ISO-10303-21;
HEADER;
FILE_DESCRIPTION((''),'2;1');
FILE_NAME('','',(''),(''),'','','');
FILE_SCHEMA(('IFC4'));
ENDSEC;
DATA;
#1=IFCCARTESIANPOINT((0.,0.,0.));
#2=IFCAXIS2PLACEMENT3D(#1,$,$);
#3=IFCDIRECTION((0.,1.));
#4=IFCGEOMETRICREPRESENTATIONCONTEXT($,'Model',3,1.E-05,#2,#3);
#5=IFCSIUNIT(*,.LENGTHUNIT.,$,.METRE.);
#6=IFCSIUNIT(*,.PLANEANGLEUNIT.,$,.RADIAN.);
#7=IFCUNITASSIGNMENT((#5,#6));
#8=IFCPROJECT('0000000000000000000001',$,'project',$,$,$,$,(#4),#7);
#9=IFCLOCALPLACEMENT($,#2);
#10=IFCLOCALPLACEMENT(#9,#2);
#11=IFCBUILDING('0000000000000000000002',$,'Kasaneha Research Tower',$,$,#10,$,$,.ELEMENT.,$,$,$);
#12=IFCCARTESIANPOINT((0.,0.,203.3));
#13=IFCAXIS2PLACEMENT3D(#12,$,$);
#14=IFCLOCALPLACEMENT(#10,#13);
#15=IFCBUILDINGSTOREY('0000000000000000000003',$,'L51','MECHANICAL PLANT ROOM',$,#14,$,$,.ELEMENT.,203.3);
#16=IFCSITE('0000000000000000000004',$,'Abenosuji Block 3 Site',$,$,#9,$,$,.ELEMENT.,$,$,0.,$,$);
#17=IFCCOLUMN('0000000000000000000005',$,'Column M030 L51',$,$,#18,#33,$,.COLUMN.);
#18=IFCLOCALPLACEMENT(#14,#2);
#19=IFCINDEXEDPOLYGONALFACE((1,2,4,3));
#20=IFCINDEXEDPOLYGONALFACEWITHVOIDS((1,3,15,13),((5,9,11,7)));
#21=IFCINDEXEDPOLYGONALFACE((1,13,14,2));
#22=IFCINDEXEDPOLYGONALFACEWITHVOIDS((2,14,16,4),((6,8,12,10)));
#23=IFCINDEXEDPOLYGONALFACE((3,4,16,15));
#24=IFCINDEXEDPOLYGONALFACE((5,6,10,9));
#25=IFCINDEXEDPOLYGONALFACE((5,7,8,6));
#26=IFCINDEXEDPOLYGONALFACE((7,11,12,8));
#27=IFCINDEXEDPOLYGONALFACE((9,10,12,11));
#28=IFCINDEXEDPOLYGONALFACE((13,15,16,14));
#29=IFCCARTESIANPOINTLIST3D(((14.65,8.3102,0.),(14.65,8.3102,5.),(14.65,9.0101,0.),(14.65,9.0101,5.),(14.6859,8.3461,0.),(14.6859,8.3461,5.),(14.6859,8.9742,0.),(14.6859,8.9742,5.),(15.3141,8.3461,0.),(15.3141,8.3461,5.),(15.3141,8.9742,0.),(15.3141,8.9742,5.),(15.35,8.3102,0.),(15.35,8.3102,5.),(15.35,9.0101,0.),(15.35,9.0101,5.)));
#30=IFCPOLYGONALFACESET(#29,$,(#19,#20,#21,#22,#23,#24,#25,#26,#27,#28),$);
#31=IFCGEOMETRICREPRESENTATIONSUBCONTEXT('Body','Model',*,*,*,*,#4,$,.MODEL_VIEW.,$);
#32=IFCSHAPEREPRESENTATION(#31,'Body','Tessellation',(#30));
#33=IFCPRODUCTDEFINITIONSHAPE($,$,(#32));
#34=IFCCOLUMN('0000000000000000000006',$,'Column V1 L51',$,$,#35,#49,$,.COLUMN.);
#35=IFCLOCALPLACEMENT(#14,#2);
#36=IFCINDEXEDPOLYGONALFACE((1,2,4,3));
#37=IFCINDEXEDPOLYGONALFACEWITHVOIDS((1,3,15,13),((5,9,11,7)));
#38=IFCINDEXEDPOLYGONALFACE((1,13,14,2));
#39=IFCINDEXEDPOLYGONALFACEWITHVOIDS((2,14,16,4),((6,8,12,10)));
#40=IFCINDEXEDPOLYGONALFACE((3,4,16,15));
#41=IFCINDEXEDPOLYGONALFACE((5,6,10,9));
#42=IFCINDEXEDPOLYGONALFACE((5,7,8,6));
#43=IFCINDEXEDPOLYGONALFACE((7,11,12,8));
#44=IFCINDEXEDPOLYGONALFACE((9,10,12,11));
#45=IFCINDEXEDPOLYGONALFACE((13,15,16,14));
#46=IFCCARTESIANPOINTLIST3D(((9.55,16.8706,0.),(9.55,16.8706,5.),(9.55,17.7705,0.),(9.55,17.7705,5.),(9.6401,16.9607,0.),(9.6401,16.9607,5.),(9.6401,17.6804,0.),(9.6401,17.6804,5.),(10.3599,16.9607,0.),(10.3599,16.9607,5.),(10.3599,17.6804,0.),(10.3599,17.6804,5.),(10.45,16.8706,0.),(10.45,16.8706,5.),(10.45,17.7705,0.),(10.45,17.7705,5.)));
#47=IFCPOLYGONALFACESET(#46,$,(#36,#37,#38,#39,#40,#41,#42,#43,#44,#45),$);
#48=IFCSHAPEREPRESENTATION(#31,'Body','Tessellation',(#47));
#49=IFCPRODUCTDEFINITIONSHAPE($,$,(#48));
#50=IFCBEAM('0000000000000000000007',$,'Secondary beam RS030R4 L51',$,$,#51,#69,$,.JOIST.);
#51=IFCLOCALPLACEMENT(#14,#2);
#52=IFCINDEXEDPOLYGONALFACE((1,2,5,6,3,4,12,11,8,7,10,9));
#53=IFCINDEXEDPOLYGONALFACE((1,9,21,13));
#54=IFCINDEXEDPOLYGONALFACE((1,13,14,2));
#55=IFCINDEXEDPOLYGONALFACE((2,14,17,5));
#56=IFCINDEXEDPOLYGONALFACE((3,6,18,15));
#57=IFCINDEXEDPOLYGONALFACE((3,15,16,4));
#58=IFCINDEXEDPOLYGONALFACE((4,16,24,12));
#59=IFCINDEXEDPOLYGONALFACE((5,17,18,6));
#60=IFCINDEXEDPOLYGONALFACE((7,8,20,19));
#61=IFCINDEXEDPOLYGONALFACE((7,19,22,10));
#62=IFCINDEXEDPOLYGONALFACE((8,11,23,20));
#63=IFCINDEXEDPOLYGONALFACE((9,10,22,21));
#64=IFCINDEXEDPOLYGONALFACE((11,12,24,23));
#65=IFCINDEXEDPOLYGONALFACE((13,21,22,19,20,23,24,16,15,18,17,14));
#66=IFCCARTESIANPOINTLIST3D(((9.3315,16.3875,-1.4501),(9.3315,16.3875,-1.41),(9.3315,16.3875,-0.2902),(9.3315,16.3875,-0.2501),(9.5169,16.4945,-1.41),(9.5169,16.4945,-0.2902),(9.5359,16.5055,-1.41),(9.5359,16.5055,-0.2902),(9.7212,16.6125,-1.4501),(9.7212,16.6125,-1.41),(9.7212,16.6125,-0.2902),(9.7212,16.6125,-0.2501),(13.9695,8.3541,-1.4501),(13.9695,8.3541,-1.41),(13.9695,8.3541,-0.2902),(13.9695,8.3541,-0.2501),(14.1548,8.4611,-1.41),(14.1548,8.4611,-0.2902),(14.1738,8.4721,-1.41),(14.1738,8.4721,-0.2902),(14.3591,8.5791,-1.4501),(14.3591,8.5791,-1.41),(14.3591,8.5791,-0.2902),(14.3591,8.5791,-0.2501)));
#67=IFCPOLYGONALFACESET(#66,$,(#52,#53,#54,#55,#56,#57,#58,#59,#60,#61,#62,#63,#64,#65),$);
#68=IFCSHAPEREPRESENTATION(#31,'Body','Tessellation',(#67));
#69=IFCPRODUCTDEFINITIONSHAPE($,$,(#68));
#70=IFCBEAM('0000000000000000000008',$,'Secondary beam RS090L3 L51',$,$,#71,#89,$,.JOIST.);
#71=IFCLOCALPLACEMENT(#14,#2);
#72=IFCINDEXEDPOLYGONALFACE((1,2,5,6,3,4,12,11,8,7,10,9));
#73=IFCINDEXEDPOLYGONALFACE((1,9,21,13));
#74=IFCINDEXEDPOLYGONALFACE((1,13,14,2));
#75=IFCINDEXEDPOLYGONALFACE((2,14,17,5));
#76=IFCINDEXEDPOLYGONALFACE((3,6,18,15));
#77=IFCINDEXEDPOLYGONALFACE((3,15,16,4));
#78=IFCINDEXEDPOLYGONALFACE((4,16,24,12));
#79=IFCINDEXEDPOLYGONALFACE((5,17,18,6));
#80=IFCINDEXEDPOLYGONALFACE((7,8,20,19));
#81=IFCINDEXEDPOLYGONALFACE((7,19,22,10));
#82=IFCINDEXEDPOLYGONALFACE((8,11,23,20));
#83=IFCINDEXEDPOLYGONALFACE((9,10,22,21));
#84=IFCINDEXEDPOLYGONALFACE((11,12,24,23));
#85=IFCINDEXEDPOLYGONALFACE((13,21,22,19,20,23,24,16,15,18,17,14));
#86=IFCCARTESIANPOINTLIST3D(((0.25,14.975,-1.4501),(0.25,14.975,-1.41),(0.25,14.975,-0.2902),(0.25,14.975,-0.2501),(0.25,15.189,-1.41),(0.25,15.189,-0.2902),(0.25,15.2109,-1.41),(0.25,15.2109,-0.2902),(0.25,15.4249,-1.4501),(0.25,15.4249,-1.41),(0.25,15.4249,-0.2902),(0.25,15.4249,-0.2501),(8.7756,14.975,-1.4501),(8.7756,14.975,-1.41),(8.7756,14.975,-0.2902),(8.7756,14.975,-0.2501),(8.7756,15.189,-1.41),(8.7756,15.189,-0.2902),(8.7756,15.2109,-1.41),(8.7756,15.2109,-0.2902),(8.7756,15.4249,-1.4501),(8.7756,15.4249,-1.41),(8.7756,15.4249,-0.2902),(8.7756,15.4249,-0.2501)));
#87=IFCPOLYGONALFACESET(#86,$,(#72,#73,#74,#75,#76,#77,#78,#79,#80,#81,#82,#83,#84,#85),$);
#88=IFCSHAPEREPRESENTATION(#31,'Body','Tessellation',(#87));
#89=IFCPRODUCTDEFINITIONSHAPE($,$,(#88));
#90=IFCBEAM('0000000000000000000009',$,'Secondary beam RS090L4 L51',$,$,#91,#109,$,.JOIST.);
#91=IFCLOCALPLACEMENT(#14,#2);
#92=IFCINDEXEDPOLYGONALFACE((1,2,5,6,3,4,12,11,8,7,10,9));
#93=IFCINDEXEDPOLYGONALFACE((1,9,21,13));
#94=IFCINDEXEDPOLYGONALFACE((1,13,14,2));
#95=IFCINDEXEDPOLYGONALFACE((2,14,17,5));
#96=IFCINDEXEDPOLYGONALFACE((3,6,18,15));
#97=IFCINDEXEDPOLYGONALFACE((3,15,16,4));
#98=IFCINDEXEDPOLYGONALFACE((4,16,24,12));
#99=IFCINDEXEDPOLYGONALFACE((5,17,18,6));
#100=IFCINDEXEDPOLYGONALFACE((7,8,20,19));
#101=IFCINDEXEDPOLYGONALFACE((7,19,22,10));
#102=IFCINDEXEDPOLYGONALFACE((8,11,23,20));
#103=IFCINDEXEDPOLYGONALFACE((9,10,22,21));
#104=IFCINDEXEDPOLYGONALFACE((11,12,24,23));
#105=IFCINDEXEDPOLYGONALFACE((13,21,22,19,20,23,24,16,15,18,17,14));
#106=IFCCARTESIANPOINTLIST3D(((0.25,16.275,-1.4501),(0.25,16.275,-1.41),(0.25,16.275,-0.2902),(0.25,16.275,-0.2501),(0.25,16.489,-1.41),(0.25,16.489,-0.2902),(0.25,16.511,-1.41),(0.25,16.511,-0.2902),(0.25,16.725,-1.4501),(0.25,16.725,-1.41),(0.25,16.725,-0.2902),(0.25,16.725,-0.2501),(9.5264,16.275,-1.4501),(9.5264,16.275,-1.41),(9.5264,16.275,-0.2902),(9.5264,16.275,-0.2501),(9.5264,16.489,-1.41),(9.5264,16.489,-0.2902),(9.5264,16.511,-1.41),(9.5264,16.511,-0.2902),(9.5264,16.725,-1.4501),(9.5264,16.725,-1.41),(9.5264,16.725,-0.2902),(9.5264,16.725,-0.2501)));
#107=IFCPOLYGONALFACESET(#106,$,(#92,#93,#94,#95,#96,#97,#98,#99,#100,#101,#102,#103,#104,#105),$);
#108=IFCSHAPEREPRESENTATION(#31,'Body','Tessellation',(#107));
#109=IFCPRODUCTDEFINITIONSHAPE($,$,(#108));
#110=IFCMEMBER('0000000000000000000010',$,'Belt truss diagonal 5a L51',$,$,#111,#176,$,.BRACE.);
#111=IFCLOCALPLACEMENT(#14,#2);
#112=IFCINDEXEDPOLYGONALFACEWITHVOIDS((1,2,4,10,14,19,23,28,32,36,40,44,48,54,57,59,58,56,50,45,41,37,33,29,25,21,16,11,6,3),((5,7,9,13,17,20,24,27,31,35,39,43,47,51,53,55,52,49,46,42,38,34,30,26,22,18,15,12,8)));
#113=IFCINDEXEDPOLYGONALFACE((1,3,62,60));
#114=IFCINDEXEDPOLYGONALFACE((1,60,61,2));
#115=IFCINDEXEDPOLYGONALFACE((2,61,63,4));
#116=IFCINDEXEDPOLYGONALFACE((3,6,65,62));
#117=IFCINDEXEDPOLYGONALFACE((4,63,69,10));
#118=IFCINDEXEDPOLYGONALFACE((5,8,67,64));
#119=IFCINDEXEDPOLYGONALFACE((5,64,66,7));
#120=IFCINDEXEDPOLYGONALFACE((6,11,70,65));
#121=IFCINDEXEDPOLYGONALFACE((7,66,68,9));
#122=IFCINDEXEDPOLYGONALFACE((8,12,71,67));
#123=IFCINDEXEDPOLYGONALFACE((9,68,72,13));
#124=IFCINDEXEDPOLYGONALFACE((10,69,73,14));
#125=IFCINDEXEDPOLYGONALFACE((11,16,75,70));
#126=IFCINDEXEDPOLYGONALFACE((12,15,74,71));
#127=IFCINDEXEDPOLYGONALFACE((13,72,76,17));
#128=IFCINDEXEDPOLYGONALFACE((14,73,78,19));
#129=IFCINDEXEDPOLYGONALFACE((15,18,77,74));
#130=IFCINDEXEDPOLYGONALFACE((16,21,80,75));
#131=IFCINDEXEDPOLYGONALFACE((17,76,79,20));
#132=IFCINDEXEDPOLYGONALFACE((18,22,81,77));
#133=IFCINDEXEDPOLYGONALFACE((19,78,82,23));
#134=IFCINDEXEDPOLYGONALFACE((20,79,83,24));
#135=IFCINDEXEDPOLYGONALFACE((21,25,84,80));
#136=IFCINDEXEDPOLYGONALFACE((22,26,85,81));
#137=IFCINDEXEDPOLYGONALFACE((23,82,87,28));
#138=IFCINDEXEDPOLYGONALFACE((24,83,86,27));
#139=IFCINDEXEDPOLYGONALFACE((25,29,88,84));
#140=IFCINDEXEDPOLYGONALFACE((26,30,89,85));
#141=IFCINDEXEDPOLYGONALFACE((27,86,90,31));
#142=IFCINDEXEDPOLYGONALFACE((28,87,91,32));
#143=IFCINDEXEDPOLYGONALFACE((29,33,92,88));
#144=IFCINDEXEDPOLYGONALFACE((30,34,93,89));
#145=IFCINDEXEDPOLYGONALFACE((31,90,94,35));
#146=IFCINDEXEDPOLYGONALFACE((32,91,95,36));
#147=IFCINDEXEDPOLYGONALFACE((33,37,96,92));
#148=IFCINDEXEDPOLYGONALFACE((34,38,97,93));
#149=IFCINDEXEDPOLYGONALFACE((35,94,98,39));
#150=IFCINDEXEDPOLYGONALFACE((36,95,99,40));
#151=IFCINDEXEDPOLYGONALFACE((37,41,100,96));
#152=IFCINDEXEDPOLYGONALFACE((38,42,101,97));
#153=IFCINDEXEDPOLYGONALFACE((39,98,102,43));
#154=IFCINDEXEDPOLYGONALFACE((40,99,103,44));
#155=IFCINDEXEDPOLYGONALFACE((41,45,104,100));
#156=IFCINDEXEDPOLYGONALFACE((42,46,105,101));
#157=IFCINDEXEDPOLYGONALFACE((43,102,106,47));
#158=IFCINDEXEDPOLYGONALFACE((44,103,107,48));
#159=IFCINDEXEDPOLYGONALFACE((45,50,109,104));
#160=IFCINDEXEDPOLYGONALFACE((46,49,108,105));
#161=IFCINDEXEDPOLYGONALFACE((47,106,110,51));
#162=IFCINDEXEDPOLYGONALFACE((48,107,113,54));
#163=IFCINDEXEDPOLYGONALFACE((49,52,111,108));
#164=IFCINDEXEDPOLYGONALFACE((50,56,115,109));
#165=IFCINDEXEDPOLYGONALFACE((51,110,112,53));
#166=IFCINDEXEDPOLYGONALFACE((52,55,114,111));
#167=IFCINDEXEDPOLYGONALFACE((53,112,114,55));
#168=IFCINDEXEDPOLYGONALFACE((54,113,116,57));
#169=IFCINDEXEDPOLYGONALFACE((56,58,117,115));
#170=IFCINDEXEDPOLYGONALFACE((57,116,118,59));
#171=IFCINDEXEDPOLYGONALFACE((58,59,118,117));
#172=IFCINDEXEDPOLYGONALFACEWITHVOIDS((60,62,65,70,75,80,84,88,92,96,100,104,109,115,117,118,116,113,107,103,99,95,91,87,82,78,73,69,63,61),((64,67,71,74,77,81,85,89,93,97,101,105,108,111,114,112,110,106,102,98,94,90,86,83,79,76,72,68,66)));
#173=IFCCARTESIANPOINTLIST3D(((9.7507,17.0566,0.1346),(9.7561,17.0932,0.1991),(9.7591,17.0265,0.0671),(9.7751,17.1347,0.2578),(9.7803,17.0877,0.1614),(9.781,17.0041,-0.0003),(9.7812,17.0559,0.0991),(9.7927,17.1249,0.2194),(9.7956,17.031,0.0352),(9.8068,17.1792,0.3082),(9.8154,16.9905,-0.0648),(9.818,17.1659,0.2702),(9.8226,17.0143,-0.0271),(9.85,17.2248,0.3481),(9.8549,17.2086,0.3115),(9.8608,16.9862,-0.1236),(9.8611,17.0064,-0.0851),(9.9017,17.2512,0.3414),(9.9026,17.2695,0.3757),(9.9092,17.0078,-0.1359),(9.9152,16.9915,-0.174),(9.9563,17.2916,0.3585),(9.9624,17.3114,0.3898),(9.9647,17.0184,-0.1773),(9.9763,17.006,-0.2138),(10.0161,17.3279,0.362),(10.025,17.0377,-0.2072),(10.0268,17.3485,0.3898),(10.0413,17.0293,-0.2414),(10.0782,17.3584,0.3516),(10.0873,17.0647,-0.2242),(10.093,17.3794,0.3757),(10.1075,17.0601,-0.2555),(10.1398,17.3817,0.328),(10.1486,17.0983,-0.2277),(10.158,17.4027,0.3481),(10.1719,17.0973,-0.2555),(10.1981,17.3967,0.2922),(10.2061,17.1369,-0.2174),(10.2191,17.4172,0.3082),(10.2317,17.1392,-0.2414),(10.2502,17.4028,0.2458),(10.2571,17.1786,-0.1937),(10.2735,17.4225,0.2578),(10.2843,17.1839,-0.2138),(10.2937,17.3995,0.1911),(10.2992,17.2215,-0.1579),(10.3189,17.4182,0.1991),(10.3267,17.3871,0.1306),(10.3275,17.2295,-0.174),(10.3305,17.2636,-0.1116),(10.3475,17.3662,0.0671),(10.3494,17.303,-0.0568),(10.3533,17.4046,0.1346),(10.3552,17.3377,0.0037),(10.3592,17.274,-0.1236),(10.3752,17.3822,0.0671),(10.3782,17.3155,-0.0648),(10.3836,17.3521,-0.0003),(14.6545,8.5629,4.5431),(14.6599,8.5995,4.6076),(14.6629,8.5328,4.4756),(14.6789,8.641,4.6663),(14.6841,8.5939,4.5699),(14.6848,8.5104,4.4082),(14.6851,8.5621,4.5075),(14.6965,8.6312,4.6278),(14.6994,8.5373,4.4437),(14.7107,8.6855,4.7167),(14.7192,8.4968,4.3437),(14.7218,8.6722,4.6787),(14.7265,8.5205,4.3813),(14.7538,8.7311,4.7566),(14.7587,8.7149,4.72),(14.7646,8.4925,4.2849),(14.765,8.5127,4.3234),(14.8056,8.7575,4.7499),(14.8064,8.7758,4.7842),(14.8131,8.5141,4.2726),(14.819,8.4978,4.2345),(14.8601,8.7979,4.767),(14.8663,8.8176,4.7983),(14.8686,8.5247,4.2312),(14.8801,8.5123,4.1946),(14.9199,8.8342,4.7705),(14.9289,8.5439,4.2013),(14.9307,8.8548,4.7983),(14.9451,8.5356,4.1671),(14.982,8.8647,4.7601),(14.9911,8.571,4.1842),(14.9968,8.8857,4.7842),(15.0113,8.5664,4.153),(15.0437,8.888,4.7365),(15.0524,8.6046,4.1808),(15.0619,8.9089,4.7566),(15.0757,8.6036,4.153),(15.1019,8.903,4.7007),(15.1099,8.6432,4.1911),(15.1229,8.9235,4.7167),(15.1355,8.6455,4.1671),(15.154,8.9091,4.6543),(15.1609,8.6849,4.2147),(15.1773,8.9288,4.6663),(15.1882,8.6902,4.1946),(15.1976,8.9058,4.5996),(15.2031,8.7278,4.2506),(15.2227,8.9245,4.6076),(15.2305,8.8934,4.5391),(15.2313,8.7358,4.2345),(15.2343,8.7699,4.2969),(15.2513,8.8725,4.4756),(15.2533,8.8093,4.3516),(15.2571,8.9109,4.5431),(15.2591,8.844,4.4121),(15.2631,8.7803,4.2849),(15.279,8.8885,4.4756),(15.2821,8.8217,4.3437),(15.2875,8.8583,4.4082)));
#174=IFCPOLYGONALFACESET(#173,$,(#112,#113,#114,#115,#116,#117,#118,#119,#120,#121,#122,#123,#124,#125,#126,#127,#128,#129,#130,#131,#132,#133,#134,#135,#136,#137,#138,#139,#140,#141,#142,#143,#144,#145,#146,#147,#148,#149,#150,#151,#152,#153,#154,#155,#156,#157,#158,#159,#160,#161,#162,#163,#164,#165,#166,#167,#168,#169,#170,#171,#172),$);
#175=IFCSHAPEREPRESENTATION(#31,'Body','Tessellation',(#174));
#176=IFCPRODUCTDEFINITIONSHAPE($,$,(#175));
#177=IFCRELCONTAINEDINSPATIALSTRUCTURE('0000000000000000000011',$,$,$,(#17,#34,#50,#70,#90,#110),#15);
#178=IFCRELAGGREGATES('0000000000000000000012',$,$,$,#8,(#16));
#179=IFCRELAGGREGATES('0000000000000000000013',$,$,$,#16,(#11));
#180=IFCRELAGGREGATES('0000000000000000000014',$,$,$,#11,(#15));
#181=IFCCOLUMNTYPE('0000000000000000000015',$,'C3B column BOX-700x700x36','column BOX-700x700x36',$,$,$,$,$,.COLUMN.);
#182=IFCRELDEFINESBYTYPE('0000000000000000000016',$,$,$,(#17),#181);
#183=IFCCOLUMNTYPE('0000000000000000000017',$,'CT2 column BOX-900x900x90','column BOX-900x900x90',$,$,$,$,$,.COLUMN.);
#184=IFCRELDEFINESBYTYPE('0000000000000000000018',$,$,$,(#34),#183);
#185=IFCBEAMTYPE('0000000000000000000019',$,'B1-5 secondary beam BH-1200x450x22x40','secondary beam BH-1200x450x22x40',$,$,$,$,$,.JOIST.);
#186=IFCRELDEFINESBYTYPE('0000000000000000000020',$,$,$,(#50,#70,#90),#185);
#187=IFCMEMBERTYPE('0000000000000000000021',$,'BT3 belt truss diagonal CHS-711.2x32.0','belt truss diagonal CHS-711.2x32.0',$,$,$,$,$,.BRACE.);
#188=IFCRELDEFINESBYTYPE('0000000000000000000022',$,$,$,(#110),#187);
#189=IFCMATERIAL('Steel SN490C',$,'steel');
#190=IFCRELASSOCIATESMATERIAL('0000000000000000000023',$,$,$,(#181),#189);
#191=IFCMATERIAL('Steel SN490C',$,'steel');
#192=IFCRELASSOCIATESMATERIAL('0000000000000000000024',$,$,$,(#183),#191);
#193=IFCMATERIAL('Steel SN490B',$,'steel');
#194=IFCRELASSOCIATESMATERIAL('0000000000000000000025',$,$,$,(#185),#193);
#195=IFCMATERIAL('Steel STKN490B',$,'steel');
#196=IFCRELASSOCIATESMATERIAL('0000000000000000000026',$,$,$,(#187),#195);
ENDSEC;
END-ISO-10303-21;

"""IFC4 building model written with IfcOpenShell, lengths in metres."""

from ifc_helpers import new_model, si_unit, direction, frame, origin, origin_2d, place, context, subcontext, project, spatial, hollow_rectangle, hollow_circle, i_section, extrude, material, material_profile, profile_set, type_object, element, save


model = new_model("IFC4")

# Units and contexts
model_context = context("Model", 3, precision=1e-05, world=origin(), true_north=direction((0.0, 1.0)))
body_context = subcontext(model_context, "Body", "Model", "MODEL_VIEW")
ifc_project = project(units=[si_unit("LENGTHUNIT", "METRE"), si_unit("PLANEANGLEUNIT", "RADIAN")], contexts=[model_context])

# Site, building, storey
site_placement = place(None, origin())
site = spatial("IfcSite", under=ifc_project, at=site_placement, Name="Abenosuji Block 3 Site", CompositionType="ELEMENT", RefElevation=0.0)
building_placement = place(site_placement, origin())
building = spatial("IfcBuilding", under=site, at=building_placement, Name="Kasaneha Research Tower", CompositionType="ELEMENT")
storey_placement = place(building_placement, frame((0.0, 0.0, 203.3)))
storey = spatial("IfcBuildingStorey", under=building, at=storey_placement, Name="L51", Description="MECHANICAL PLANT ROOM", CompositionType="ELEMENT", Elevation=203.3)

# Columns
ifc_material_1 = material(Name="Steel SN490C", Category="steel")
ifc_material_profile_1 = material_profile(ifc_material_1, hollow_rectangle(XDim=0.7, YDim=0.7, WallThickness=0.0359, at=origin_2d()), Name="BOX-700x700x36")
ifc_profile_set_1 = profile_set([ifc_material_profile_1], Name="Steel SN490C")
column_type_1 = type_object("IfcColumnType", Name="C3B column BOX-700x700x36", Description="column BOX-700x700x36", PredefinedType="COLUMN", material=ifc_profile_set_1)
column_1_placement = place(storey_placement, frame((15.0, 8.6602, 0.0), z_axis=(0.0, 0.0, 1.0), x_axis=(1.0, 0.0, 0.0)))
element("IfcColumn", 1, at=column_1_placement, inside=storey, type_object=column_type_1, Name="Column M030 L51", PredefinedType="COLUMN", context=body_context, shape_type="SweptSolid", body=[
    extrude(hollow_rectangle(XDim=0.7, YDim=0.7, WallThickness=0.0359, at=origin_2d()), origin(), (0.0, 0.0, 1.0), 5.0),
])
ifc_material_2 = material(Name="Steel SN490C", Category="steel")
ifc_material_profile_2 = material_profile(ifc_material_2, hollow_rectangle(XDim=0.8999, YDim=0.8999, WallThickness=0.0901, at=origin_2d()), Name="BOX-900x900x90")
ifc_profile_set_2 = profile_set([ifc_material_profile_2], Name="Steel SN490C")
column_type_2 = type_object("IfcColumnType", Name="CT2 column BOX-900x900x90", Description="column BOX-900x900x90", PredefinedType="COLUMN", material=ifc_profile_set_2)
column_2_placement = place(storey_placement, frame((10.0, 17.3206, 0.0), z_axis=(0.0, 0.0, 1.0), x_axis=(1.0, 0.0, 0.0)))
element("IfcColumn", 2, at=column_2_placement, inside=storey, type_object=column_type_2, Name="Column V1 L51", PredefinedType="COLUMN", context=body_context, shape_type="SweptSolid", body=[
    extrude(hollow_rectangle(XDim=0.8999, YDim=0.8999, WallThickness=0.0901, at=origin_2d()), origin(), (0.0, 0.0, 1.0), 5.0),
])

# Beams
ifc_material_3 = material(Name="Steel SN490B", Category="steel")
ifc_material_profile_3 = material_profile(ifc_material_3, i_section(OverallWidth=0.45, OverallDepth=1.2, WebThickness=0.022, FlangeThickness=0.04, at=origin_2d()), Name="BH-1200x450x22x40")
ifc_profile_set_3 = profile_set([ifc_material_profile_3], Name="Steel SN490B")
beam_type_1 = type_object("IfcBeamType", Name="B1-5 secondary beam BH-1200x450x22x40", Description="secondary beam BH-1200x450x22x40", PredefinedType="JOIST", material=ifc_profile_set_3)
beam_1_placement = place(storey_placement, frame((9.5264, 16.5, -0.8501), z_axis=(0.499986, -0.866034, 0.0), x_axis=(0.866034, 0.499986, 0.0)))
element("IfcBeam", 3, at=beam_1_placement, inside=storey, type_object=beam_type_1, Name="Secondary beam RS030R4 L51", PredefinedType="JOIST", context=body_context, shape_type="SweptSolid", body=[
    extrude(i_section(OverallWidth=0.45, OverallDepth=1.2, WebThickness=0.022, FlangeThickness=0.04, at=origin_2d()), origin(), (0.0, 0.0, 1.0), 9.2761),
])
beam_2_placement = place(storey_placement, frame((8.7756, 15.2, -0.8501), z_axis=(-1.0, 0.0, 0.0), x_axis=(0.0, -1.0, 0.0)))
element("IfcBeam", 4, at=beam_2_placement, inside=storey, type_object=beam_type_1, Name="Secondary beam RS090L3 L51", PredefinedType="JOIST", context=body_context, shape_type="SweptSolid", body=[
    extrude(i_section(OverallWidth=0.45, OverallDepth=1.2, WebThickness=0.022, FlangeThickness=0.04, at=origin_2d()), origin(), (0.0, 0.0, 1.0), 8.5256),
])
beam_3_placement = place(storey_placement, frame((9.5264, 16.5, -0.8501), z_axis=(-1.0, 0.0, 0.0), x_axis=(0.0, -1.0, 0.0)))
element("IfcBeam", 5, at=beam_3_placement, inside=storey, type_object=beam_type_1, Name="Secondary beam RS090L4 L51", PredefinedType="JOIST", context=body_context, shape_type="SweptSolid", body=[
    extrude(i_section(OverallWidth=0.45, OverallDepth=1.2, WebThickness=0.022, FlangeThickness=0.04, at=origin_2d()), origin(), (0.0, 0.0, 1.0), 9.2764),
])

# Member
ifc_material_4 = material(Name="Steel STKN490B", Category="steel")
ifc_material_profile_4 = material_profile(ifc_material_4, hollow_circle(Radius=0.3557, WallThickness=0.032, at=origin_2d()), Name="CHS-711.2x32.0")
ifc_profile_set_4 = profile_set([ifc_material_profile_4], Name="Steel STKN490B")
member_type = type_object("IfcMemberType", Name="BT3 belt truss diagonal CHS-711.2x32.0", Description="belt truss diagonal CHS-711.2x32.0", PredefinedType="BRACE", material=ifc_profile_set_4)
for number, where, z_axis, x_axis, name in (
    (6, (10.0671, 17.2043, 0.0671), (0.456047, -0.789897, 0.409979), (0.866026, 0.5, 0.0), "Belt truss diagonal 5a L51"),
):
    element("IfcMember", number, at=place(storey_placement, frame(where, z_axis=z_axis, x_axis=x_axis)), inside=storey, type_object=member_type, Name=name, PredefinedType="BRACE", context=body_context, shape_type="SweptSolid", body=[
        extrude(hollow_circle(Radius=0.3557, WallThickness=0.032, at=origin_2d()), origin(), (0.0, 0.0, 1.0), 10.7529),
    ])

save(model, "model.ifc")
